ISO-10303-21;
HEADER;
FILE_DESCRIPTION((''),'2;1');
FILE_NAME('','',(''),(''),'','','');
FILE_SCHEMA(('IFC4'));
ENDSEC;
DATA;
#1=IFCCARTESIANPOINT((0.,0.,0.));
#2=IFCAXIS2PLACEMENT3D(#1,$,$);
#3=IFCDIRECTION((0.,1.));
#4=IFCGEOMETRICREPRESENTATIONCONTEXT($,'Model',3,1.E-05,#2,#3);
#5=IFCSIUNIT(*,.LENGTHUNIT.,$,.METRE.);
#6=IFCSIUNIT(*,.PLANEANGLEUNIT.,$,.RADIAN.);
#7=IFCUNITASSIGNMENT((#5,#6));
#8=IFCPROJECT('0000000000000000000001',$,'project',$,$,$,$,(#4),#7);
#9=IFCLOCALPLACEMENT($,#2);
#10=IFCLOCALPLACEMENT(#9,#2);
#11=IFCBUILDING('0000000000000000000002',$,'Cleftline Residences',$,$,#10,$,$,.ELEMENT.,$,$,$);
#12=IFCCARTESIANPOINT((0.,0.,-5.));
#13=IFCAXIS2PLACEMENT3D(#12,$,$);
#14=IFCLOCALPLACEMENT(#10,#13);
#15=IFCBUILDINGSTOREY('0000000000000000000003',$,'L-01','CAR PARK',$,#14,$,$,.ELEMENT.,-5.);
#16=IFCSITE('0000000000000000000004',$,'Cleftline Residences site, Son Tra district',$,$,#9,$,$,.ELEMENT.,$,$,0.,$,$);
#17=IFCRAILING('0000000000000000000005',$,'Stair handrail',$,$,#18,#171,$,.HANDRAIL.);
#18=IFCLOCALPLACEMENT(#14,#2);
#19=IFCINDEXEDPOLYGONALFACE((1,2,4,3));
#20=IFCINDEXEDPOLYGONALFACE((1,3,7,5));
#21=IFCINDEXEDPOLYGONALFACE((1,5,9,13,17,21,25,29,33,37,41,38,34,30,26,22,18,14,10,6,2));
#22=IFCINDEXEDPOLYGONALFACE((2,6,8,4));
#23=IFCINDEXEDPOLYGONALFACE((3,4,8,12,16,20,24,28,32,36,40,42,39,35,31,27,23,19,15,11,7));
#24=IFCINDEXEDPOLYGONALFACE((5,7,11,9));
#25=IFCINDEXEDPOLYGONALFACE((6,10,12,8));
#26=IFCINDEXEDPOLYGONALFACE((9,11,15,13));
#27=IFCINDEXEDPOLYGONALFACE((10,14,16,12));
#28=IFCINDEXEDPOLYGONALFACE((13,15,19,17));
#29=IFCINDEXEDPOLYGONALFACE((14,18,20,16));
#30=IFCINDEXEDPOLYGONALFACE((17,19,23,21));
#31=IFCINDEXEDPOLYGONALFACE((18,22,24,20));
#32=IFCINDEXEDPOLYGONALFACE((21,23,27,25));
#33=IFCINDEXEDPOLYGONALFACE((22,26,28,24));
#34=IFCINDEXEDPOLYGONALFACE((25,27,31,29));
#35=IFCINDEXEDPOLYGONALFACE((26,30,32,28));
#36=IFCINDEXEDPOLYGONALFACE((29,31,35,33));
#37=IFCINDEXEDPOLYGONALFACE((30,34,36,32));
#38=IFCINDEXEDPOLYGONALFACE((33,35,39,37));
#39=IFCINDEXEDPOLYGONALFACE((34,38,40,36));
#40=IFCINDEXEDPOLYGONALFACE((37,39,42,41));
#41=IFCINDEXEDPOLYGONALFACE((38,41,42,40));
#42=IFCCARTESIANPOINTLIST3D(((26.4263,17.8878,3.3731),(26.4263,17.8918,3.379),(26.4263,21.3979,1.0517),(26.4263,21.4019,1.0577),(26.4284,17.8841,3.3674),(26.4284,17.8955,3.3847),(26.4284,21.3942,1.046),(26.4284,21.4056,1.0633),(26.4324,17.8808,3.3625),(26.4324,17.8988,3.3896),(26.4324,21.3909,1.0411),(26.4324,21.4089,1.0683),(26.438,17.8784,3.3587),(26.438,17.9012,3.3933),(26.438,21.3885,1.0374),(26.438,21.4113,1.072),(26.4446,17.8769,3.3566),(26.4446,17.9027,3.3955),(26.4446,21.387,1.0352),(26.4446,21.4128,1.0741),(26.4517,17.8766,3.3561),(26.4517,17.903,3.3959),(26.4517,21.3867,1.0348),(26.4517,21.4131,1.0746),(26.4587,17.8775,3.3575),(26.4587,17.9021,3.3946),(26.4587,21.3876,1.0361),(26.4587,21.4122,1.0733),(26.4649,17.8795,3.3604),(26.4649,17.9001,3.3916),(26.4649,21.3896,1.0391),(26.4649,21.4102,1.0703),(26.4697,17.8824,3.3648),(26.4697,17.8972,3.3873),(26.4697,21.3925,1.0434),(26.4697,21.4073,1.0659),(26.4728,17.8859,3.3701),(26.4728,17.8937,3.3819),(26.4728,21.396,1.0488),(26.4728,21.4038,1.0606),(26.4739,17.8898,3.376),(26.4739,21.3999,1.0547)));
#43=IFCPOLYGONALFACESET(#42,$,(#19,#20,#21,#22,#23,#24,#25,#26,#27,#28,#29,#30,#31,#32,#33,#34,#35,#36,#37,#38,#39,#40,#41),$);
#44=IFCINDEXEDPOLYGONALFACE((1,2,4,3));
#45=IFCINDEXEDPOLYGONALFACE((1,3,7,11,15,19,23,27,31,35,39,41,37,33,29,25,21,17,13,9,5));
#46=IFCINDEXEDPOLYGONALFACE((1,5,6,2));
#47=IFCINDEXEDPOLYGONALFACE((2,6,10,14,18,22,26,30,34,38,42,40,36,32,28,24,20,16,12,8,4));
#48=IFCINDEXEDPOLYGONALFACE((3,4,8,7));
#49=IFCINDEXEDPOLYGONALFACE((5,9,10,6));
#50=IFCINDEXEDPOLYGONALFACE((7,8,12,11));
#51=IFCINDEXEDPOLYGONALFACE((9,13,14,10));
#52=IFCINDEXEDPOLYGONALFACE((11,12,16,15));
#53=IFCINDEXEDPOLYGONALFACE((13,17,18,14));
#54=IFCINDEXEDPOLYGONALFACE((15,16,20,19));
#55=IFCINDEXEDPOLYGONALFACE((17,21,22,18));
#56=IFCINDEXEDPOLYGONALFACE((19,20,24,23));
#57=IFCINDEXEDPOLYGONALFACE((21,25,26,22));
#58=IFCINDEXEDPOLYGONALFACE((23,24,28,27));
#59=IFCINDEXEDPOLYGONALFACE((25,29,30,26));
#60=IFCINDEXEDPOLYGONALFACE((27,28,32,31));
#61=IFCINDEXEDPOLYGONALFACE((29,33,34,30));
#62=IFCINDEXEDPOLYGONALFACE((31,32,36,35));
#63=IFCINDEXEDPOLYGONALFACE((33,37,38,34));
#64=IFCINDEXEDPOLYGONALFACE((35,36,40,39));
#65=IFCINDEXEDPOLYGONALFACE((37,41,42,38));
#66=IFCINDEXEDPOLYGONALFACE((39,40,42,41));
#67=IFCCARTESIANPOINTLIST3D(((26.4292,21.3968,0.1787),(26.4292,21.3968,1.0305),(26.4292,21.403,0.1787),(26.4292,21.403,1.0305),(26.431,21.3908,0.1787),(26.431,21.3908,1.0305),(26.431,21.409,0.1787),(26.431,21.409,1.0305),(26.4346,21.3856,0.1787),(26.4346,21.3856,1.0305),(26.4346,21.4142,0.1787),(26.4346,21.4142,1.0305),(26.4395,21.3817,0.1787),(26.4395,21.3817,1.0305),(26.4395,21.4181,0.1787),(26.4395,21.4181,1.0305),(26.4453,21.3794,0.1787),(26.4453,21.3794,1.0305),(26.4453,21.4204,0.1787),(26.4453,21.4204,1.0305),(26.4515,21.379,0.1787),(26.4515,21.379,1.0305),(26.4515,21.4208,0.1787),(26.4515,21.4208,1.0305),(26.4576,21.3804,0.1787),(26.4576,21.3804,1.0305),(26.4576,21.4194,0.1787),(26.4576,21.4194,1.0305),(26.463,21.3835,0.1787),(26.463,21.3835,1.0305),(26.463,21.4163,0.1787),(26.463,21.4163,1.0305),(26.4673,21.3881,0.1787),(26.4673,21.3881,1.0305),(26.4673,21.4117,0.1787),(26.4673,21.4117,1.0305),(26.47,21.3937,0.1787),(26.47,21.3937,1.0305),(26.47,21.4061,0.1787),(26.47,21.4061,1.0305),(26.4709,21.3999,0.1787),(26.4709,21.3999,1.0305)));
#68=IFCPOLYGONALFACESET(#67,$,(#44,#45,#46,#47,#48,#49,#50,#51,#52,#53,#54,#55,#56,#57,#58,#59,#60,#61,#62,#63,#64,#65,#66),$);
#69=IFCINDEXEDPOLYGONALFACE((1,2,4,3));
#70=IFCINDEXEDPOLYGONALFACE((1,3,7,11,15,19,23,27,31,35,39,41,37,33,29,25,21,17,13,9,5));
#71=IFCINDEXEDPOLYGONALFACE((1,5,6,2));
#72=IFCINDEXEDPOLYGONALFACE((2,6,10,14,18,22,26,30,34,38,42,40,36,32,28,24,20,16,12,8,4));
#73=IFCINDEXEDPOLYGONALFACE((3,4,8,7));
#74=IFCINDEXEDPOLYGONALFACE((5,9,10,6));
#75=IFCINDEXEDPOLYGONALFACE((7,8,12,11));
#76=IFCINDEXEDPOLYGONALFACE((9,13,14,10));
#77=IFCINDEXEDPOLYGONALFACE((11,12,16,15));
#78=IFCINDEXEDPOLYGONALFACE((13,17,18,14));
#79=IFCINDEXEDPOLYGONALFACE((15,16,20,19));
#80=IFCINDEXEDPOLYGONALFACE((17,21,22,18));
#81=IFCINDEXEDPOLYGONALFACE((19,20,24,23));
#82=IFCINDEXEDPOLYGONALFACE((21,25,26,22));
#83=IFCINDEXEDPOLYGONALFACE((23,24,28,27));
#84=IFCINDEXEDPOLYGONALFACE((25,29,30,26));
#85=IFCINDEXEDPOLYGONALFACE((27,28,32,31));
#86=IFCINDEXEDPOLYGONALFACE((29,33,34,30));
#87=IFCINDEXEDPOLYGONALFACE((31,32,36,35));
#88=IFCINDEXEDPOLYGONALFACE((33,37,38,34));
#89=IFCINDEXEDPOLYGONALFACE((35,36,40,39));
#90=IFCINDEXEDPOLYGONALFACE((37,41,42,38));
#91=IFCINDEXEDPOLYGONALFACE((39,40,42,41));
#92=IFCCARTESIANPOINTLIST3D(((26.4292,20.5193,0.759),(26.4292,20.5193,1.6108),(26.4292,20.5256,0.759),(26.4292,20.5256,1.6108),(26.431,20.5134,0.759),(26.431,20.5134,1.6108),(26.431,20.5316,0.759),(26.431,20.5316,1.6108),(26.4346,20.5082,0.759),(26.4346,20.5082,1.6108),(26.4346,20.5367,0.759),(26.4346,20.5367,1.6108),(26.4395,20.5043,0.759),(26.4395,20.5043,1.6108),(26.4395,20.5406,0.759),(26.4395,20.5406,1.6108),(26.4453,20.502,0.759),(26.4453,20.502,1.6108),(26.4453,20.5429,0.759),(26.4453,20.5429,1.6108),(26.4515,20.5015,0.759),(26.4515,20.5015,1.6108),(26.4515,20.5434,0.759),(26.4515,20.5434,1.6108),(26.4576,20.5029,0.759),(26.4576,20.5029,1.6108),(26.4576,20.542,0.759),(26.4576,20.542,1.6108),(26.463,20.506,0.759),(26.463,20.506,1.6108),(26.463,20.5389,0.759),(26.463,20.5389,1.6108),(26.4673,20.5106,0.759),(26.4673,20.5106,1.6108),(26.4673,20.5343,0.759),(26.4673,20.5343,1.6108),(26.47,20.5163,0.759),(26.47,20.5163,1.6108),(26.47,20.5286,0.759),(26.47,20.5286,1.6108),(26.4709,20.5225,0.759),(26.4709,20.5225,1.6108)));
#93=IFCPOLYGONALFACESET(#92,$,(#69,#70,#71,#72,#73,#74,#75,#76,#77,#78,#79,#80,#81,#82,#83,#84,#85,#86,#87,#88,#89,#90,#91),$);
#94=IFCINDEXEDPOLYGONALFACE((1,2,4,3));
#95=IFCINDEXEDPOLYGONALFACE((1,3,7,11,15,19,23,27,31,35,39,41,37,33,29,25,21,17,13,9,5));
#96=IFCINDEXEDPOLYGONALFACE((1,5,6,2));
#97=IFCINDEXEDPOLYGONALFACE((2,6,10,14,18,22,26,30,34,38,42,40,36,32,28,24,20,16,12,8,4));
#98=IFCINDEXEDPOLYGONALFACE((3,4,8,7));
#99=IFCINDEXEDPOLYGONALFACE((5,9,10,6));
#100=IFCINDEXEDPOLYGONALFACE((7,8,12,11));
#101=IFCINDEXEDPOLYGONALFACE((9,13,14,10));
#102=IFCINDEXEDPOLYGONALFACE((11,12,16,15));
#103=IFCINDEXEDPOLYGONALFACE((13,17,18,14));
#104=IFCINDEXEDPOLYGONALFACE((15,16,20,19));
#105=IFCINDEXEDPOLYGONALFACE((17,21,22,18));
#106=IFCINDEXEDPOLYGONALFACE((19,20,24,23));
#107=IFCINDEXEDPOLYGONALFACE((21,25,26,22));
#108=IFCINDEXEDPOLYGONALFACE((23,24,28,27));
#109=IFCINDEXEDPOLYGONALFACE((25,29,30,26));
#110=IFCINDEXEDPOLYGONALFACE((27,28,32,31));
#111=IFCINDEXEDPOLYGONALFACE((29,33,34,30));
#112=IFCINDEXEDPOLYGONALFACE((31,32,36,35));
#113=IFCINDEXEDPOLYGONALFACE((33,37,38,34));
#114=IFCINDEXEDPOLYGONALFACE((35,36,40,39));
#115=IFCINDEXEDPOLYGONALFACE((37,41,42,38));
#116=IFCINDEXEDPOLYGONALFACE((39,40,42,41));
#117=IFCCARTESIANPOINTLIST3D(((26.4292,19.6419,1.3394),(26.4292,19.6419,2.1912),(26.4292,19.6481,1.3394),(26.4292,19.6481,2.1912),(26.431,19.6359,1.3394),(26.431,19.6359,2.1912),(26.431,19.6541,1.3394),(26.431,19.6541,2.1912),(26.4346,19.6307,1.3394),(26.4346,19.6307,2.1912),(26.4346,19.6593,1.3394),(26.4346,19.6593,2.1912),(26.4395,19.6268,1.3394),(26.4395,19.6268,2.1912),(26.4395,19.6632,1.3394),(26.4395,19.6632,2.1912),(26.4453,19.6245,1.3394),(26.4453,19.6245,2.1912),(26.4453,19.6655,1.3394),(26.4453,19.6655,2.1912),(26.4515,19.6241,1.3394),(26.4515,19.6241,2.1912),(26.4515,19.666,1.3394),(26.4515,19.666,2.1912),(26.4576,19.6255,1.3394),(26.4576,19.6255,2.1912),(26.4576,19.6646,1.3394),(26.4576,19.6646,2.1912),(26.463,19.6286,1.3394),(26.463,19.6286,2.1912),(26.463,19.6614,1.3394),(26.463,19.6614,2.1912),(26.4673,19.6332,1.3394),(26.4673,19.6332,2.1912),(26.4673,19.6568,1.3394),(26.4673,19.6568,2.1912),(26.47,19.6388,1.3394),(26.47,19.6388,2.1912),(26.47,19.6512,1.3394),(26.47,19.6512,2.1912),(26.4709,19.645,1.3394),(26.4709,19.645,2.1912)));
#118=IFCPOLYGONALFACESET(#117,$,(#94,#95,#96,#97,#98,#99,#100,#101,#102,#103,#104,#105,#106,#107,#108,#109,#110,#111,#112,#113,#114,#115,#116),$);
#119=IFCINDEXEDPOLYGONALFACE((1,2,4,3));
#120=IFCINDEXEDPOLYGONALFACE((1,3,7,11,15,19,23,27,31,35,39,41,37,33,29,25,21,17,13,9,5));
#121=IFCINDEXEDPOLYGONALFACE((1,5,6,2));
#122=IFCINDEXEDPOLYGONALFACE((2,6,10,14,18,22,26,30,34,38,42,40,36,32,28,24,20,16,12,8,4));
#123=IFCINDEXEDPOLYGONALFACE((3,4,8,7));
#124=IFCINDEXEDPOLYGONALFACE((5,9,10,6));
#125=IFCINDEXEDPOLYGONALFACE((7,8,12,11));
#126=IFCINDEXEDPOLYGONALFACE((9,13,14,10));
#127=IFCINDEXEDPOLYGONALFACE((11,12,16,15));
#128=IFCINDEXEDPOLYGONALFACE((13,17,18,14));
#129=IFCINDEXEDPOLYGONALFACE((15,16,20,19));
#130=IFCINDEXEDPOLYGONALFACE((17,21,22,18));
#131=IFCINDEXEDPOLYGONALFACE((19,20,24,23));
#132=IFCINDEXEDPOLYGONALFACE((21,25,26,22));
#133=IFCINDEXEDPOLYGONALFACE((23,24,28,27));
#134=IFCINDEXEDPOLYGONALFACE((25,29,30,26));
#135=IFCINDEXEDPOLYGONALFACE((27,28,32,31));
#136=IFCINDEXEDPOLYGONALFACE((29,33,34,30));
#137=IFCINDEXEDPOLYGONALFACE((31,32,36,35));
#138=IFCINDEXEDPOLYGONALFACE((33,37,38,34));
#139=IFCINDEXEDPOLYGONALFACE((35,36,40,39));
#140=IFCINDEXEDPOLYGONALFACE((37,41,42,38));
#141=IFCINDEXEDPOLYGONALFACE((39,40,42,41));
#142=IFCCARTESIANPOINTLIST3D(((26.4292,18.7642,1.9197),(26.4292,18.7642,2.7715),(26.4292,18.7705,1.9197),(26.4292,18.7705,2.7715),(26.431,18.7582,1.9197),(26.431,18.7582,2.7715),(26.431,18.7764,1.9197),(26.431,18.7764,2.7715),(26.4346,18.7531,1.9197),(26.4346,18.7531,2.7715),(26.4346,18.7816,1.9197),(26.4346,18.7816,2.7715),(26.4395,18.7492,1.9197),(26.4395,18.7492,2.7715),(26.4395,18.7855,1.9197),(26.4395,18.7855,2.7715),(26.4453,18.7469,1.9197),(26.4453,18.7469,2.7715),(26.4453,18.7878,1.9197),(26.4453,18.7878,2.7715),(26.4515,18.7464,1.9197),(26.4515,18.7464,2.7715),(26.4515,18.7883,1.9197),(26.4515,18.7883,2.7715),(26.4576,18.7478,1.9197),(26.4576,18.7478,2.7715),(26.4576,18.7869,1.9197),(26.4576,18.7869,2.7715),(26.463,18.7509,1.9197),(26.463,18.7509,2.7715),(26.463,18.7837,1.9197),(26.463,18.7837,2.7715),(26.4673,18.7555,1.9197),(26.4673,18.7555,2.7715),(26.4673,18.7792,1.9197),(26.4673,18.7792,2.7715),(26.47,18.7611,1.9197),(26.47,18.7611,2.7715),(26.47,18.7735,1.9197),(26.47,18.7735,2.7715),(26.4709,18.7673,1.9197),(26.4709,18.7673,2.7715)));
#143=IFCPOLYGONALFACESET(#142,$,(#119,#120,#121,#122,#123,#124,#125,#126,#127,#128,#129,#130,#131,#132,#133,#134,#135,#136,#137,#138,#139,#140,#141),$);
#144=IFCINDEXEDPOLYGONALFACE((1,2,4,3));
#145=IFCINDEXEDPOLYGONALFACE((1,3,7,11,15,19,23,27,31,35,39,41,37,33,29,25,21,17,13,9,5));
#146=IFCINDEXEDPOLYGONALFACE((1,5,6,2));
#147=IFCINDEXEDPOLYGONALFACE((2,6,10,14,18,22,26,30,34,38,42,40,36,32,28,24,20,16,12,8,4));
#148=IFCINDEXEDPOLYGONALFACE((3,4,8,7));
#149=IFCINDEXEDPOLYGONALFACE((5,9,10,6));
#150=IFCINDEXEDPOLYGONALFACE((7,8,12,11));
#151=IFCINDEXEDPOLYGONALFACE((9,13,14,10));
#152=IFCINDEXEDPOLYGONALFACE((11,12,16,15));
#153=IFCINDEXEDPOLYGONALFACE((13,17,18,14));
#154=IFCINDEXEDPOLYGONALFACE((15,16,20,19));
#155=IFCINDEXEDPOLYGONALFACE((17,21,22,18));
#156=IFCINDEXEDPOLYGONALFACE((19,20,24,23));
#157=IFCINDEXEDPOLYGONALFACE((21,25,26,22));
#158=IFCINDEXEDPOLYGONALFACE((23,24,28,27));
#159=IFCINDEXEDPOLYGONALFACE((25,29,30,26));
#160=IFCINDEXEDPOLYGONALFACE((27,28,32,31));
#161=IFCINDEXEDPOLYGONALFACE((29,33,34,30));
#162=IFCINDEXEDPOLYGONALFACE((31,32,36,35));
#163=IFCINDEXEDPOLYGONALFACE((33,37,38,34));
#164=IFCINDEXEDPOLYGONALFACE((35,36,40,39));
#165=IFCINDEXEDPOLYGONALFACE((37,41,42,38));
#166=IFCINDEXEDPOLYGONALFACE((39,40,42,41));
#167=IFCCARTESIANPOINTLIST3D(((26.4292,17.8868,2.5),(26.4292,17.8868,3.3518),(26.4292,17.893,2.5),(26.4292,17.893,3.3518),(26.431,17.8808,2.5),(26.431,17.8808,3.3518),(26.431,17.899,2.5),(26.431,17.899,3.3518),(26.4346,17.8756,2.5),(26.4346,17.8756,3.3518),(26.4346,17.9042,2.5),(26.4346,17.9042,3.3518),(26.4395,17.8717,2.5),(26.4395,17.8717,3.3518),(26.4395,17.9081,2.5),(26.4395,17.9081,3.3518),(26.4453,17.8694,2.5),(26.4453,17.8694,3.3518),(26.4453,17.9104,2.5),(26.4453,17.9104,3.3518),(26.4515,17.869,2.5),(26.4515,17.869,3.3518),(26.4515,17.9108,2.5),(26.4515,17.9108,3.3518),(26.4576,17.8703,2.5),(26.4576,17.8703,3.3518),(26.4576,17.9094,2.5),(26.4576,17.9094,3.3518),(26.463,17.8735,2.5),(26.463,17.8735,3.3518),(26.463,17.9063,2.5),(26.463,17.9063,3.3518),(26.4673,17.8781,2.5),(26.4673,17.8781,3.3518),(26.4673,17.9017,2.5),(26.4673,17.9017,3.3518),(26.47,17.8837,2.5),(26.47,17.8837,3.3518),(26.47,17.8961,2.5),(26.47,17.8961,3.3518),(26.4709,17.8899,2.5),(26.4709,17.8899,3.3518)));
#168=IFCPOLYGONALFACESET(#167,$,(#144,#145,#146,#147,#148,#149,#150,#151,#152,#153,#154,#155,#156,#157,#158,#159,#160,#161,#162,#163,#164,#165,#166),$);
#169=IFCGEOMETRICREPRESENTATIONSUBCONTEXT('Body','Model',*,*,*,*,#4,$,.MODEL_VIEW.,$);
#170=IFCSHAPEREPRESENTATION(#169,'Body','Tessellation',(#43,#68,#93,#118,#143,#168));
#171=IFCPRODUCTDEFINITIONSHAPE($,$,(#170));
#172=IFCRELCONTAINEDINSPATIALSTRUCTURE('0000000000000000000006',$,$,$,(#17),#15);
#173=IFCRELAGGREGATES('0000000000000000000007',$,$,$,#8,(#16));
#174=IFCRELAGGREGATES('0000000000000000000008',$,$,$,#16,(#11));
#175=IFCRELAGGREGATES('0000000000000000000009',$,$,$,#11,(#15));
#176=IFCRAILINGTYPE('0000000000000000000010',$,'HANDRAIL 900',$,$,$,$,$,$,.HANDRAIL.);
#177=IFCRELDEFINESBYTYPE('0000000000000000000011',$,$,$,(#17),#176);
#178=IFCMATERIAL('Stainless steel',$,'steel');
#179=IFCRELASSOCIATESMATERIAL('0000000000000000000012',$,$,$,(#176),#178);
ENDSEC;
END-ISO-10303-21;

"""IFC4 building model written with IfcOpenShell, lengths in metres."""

from ifc_helpers import new_model, si_unit, direction, frame, origin, origin_2d, place, context, subcontext, project, spatial, circle, extrude, material, type_object, element, save


model = new_model("IFC4")

# Units and contexts
model_context = context("Model", 3, precision=1e-05, world=origin(), true_north=direction((0.0, 1.0)))
body_context = subcontext(model_context, "Body", "Model", "MODEL_VIEW")
ifc_project = project(units=[si_unit("LENGTHUNIT", "METRE"), si_unit("PLANEANGLEUNIT", "RADIAN")], contexts=[model_context])

# Site, building, storey
site_placement = place(None, origin())
site = spatial("IfcSite", under=ifc_project, at=site_placement, Name="Cleftline Residences site, Son Tra district", CompositionType="ELEMENT", RefElevation=0.0)
building_placement = place(site_placement, origin())
building = spatial("IfcBuilding", under=site, at=building_placement, Name="Cleftline Residences", CompositionType="ELEMENT")
storey_placement = place(building_placement, frame((0.0, 0.0, -5.0)))
storey = spatial("IfcBuildingStorey", under=building, at=storey_placement, Name="L-01", Description="CAR PARK", CompositionType="ELEMENT", Elevation=-5.0)

# Railing
ifc_material_1 = material(Name="Stainless steel", Category="steel")
railing_type = type_object("IfcRailingType", Name="HANDRAIL 900", PredefinedType="HANDRAIL", material=ifc_material_1)
railing_1_placement = place(storey_placement, frame((26.45, 21.3999, 0.1787)))
element("IfcRailing", 1, at=railing_1_placement, inside=storey, type_object=railing_type, Name="Stair handrail", PredefinedType="HANDRAIL", context=body_context, shape_type="SweptSolid", body=[
    extrude(circle(Radius=0.0239, at=origin_2d()), frame((0.0, 0.0, 0.876), z_axis=(0.0, -0.834097, 0.551617), x_axis=(1.0, 0.0, 0.0)), (0.0, 0.0, 1.0), 4.2083),
    extrude(circle(Radius=0.021, at=origin_2d()), origin(), (0.0, 0.0, 1.0), 0.8518),
    extrude(circle(Radius=0.021, at=origin_2d()), frame((0.0, -0.8774, 0.5803)), (0.0, 0.0, 1.0), 0.8518),
    extrude(circle(Radius=0.021, at=origin_2d()), frame((0.0, -1.7549, 1.1606)), (0.0, 0.0, 1.0), 0.8518),
    extrude(circle(Radius=0.021, at=origin_2d()), frame((0.0, -2.6326, 1.741)), (0.0, 0.0, 1.0), 0.8518),
    extrude(circle(Radius=0.021, at=origin_2d()), frame((0.0, -3.51, 2.3213)), (0.0, 0.0, 1.0), 0.8518),
])

save(model, "model.ifc")
